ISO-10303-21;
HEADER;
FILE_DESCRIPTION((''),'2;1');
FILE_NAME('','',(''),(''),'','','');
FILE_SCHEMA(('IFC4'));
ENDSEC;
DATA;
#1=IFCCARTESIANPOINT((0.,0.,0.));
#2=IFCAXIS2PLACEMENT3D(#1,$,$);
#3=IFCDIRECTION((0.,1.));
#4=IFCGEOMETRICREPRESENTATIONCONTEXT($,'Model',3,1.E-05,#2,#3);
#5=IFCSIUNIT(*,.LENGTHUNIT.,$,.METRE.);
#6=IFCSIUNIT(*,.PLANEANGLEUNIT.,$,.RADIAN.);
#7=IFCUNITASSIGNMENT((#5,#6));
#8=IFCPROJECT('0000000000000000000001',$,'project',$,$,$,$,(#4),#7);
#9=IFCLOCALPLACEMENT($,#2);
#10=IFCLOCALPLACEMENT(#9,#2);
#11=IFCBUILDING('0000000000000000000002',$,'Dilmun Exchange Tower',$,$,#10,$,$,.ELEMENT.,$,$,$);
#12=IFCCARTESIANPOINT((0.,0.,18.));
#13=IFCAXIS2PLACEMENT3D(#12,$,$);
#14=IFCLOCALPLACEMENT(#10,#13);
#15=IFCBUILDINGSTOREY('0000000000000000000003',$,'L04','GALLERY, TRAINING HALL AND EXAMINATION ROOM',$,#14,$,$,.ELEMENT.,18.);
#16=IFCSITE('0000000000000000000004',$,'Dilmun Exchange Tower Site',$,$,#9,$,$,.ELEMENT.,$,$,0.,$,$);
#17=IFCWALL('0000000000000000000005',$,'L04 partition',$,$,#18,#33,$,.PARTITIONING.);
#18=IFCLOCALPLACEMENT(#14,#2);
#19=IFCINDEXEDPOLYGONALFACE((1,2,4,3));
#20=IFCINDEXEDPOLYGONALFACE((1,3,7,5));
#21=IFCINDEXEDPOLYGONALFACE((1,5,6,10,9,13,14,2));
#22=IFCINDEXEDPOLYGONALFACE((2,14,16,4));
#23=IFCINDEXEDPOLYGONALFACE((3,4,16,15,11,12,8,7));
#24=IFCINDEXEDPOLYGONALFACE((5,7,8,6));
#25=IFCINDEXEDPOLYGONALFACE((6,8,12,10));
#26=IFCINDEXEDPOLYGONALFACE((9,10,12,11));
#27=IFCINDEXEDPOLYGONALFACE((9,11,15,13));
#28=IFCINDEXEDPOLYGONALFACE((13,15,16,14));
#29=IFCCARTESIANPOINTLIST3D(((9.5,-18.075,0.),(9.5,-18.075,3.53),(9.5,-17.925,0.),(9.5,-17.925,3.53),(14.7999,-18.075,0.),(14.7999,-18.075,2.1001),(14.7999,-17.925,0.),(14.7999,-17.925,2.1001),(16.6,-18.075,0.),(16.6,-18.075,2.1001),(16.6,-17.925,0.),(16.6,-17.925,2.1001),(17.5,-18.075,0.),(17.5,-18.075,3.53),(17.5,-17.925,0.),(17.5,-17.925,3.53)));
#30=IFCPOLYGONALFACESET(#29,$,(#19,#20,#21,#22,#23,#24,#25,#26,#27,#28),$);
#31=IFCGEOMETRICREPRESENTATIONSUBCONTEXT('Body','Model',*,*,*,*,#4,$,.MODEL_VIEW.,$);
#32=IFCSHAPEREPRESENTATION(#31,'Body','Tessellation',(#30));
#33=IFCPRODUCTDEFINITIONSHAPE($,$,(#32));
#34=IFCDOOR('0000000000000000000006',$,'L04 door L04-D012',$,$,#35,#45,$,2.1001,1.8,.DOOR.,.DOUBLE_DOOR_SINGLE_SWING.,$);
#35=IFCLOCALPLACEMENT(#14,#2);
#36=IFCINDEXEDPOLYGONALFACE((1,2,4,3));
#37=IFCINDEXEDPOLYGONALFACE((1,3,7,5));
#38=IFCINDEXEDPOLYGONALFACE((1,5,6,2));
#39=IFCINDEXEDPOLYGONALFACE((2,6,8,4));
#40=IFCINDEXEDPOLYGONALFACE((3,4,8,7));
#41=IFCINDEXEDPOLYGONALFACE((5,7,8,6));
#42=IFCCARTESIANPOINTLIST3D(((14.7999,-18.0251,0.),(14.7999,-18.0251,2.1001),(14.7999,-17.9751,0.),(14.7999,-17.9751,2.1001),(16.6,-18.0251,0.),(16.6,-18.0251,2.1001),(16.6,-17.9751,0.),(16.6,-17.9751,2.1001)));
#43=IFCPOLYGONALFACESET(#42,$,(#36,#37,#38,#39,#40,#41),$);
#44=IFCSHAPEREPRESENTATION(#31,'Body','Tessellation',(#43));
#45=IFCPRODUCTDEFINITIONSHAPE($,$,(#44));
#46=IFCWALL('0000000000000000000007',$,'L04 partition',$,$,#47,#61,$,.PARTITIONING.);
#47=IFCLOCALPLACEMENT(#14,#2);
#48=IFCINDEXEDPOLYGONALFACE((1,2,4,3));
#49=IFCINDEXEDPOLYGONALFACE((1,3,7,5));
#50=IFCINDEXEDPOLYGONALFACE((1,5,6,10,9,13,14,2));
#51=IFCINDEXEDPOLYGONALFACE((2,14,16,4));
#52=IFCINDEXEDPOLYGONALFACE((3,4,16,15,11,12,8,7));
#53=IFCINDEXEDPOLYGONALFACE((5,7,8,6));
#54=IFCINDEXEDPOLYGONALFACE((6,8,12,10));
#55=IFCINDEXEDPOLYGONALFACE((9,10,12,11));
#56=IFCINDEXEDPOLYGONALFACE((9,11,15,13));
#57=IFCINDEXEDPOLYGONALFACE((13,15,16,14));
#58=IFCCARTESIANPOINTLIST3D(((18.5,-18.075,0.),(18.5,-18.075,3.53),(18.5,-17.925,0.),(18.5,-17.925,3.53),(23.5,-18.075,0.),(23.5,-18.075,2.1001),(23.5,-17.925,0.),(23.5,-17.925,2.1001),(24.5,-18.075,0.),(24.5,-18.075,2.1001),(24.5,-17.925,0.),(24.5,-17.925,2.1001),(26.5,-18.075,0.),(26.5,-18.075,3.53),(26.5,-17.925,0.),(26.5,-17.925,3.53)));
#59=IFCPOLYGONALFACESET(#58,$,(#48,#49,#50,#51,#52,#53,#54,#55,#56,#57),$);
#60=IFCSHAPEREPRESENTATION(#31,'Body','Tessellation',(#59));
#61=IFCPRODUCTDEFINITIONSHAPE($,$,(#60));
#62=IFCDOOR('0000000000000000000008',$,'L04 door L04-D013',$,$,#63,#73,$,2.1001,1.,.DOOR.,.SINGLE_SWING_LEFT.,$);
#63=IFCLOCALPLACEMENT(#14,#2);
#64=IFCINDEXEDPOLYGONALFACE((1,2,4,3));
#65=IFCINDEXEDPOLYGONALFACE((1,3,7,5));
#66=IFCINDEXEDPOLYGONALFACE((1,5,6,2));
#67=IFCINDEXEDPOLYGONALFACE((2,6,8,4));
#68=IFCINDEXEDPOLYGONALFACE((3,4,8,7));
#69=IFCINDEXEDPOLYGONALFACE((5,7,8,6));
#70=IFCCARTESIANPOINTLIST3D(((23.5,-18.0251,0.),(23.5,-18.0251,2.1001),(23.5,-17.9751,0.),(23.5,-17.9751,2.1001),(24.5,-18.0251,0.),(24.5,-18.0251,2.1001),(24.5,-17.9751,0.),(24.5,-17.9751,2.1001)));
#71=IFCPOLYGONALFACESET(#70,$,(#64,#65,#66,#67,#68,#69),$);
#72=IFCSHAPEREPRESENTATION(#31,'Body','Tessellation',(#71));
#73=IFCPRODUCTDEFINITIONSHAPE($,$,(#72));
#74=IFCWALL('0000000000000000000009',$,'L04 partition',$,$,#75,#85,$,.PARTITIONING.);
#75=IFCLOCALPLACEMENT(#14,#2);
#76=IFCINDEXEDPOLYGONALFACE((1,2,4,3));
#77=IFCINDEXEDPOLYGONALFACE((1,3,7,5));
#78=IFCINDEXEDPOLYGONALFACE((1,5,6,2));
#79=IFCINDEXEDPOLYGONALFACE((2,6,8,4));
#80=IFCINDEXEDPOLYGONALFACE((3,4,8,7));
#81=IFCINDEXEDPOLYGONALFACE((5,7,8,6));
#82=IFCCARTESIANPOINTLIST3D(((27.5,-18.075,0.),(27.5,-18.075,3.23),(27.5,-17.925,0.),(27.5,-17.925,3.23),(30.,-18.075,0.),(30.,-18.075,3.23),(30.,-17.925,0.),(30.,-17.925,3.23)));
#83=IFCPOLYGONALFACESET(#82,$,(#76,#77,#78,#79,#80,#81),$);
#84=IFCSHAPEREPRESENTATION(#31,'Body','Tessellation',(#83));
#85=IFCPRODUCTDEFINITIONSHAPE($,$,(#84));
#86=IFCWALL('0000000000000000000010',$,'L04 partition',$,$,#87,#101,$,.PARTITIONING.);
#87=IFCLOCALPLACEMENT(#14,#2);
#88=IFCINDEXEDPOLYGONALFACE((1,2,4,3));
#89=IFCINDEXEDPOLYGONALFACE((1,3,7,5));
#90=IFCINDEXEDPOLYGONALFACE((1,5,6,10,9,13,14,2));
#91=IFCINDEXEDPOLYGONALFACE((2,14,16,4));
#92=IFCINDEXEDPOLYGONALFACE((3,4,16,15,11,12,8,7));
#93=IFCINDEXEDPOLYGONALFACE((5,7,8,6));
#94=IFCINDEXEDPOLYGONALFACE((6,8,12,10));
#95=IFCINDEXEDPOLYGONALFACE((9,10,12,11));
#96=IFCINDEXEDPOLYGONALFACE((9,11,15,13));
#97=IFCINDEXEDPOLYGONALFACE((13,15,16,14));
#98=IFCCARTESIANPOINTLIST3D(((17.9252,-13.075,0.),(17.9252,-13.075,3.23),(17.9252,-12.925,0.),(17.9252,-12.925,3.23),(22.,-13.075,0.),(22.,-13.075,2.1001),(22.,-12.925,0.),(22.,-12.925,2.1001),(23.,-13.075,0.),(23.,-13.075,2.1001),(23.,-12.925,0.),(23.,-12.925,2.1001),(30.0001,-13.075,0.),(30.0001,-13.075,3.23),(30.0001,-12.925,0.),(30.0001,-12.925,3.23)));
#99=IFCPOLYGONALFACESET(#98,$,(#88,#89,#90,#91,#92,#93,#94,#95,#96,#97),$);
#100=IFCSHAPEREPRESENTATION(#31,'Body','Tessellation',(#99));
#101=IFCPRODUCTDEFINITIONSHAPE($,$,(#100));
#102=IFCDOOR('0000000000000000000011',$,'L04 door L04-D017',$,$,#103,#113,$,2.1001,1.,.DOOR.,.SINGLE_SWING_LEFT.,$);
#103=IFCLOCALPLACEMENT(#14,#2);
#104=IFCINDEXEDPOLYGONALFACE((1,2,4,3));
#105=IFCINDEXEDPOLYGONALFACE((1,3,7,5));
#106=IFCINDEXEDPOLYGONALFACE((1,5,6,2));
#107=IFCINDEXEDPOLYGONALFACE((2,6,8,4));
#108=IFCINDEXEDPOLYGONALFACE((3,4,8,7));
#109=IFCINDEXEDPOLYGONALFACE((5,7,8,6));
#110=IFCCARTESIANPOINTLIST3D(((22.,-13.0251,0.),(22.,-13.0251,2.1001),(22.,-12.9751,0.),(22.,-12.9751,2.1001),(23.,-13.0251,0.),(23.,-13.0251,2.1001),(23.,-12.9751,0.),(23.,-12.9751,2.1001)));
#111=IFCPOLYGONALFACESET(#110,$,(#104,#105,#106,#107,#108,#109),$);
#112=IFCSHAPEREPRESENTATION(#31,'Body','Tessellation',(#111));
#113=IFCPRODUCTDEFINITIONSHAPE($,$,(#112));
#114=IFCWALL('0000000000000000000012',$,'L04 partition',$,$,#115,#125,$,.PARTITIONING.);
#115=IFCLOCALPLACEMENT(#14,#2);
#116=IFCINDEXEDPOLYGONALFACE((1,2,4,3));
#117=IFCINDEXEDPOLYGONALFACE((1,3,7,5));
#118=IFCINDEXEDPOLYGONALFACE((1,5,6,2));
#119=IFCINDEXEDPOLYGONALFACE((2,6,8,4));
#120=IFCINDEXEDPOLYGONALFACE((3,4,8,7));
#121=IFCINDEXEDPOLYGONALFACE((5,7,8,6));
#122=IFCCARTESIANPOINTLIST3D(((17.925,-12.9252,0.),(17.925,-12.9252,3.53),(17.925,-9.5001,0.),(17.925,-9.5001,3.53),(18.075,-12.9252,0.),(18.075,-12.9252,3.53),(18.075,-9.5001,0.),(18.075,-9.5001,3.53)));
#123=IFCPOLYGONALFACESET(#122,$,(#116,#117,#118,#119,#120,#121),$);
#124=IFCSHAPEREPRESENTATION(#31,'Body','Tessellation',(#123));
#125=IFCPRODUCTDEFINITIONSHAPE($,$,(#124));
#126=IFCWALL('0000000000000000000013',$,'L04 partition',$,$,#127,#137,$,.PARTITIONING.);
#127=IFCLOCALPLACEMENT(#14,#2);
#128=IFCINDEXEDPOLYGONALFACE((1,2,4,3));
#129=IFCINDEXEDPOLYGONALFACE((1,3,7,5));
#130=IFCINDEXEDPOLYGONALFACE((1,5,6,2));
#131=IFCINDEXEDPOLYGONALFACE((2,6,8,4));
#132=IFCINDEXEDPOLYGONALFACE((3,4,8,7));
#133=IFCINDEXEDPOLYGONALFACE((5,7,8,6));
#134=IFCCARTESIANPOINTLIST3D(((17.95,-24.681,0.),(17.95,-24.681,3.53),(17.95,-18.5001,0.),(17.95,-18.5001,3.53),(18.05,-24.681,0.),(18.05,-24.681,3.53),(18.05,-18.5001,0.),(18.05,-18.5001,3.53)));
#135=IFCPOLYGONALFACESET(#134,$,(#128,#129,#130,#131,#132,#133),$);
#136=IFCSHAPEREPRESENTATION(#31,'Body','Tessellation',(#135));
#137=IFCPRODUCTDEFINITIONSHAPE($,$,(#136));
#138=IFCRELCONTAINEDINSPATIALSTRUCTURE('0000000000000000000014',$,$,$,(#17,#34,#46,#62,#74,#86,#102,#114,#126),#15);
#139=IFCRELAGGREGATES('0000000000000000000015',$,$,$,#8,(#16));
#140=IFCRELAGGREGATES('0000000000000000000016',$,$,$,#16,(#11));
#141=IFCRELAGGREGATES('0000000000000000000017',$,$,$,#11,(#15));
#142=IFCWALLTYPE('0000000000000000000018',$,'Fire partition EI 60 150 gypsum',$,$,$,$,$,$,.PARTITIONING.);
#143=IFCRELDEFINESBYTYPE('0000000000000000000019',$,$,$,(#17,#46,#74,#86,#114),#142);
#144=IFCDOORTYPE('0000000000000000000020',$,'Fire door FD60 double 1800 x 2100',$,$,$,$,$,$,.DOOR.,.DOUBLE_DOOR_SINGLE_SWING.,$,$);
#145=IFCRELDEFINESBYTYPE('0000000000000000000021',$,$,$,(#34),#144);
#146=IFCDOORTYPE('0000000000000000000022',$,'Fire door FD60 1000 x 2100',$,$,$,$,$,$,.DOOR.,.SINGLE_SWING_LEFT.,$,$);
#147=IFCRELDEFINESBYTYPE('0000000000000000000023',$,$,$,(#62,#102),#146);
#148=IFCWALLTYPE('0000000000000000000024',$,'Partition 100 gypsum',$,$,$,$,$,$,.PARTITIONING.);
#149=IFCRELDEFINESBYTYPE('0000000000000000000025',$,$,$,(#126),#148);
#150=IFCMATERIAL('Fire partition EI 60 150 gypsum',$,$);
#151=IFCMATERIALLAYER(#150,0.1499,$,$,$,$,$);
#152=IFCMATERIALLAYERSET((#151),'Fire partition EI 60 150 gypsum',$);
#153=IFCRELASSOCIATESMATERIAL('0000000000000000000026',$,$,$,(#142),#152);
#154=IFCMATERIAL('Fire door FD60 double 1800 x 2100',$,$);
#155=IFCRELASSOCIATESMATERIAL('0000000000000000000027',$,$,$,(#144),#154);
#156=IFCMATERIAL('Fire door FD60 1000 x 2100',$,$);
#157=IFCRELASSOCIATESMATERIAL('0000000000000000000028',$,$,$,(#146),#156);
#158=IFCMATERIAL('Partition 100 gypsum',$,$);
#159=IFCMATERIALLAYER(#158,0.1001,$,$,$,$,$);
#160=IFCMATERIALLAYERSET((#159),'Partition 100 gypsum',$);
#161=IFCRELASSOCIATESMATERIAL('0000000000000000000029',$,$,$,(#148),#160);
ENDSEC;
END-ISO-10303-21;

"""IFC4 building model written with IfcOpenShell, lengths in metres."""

from ifc_helpers import new_model, si_unit, direction, frame, frame_2d, origin, place, context, subcontext, project, spatial, rectangle, extrude, material, layer, layer_set, type_object, element, fill, save


model = new_model("IFC4")

# Units and contexts
model_context = context("Model", 3, precision=1e-05, world=origin(), true_north=direction((0.0, 1.0)))
body_context = subcontext(model_context, "Body", "Model", "MODEL_VIEW")
ifc_project = project(units=[si_unit("LENGTHUNIT", "METRE"), si_unit("PLANEANGLEUNIT", "RADIAN")], contexts=[model_context])

# Site, building, storey
site_placement = place(None, origin())
site = spatial("IfcSite", under=ifc_project, at=site_placement, Name="Dilmun Exchange Tower Site", CompositionType="ELEMENT", RefElevation=0.0)
building_placement = place(site_placement, origin())
building = spatial("IfcBuilding", under=site, at=building_placement, Name="Dilmun Exchange Tower", CompositionType="ELEMENT")
storey_placement = place(building_placement, frame((0.0, 0.0, 18.0)))
storey = spatial("IfcBuildingStorey", under=building, at=storey_placement, Name="L04", Description="GALLERY, TRAINING HALL AND EXAMINATION ROOM", CompositionType="ELEMENT", Elevation=18.0)

# Walls, openings, doors
ifc_material_1 = material(Name="Fire partition EI 60 150 gypsum")
ifc_layer_1 = layer(ifc_material_1, 0.1499)
ifc_layer_set_1 = layer_set([ifc_layer_1], Name="Fire partition EI 60 150 gypsum")
wall_type_1 = type_object("IfcWallType", Name="Fire partition EI 60 150 gypsum", PredefinedType="PARTITIONING", material=ifc_layer_set_1)
ifc_material_2 = material(Name="Fire door FD60 double 1800 x 2100")
door_type_1 = type_object("IfcDoorType", Name="Fire door FD60 double 1800 x 2100", OperationType="DOUBLE_DOOR_SINGLE_SWING", PredefinedType="DOOR", material=ifc_material_2)
wall_1_placement = place(storey_placement, frame((9.5, -18.0, 0.0), z_axis=(0.0, 0.0, 1.0), x_axis=(1.0, 0.0, 0.0)))
wall_1 = element("IfcWall", 1, at=wall_1_placement, inside=storey, type_object=wall_type_1, Name="L04 partition", PredefinedType="PARTITIONING", context=body_context, shape_type="SweptSolid", body=[
    extrude(rectangle(XDim=8.0, YDim=0.1499, at=frame_2d((4.0, 0.0))), origin(), (0.0, 0.0, 1.0), 3.53),
])
opening_1_placement = place(wall_1_placement, frame((5.3, 0.0, 0.0)))
opening_1 = element("IfcOpeningElement", 2, at=opening_1_placement, cuts=wall_1, PredefinedType="OPENING", context=body_context, shape_type="SweptSolid", body=[
    extrude(rectangle(XDim=1.8, YDim=2.1001, at=frame_2d((0.8999, 1.05))), frame((0.0, 0.085, 0.0), z_axis=(0.0, -1.0, 0.0), x_axis=(1.0, 0.0, 0.0)), (0.0, 0.0, 1.0), 0.1699),
])
door_1_placement = place(opening_1_placement, origin())
door_1 = element("IfcDoor", 3, at=door_1_placement, inside=storey, type_object=door_type_1, Name="L04 door L04-D012", OperationType="DOUBLE_DOOR_SINGLE_SWING", OverallHeight=2.1001, OverallWidth=1.8, PredefinedType="DOOR", context=body_context, shape_type="SweptSolid", body=[
    extrude(rectangle(XDim=1.8, YDim=2.1001, at=frame_2d((0.8999, 1.05))), frame((0.0, 0.0249, 0.0), z_axis=(0.0, -1.0, 0.0), x_axis=(1.0, 0.0, 0.0)), (0.0, 0.0, 1.0), 0.05),
])
fill(opening_1, door_1)
wall_2_placement = place(storey_placement, frame((18.5, -18.0, 0.0), z_axis=(0.0, 0.0, 1.0), x_axis=(1.0, 0.0, 0.0)))
wall_2 = element("IfcWall", 4, at=wall_2_placement, inside=storey, type_object=wall_type_1, Name="L04 partition", PredefinedType="PARTITIONING", context=body_context, shape_type="SweptSolid", body=[
    extrude(rectangle(XDim=8.0, YDim=0.1499, at=frame_2d((4.0, 0.0))), origin(), (0.0, 0.0, 1.0), 3.53),
])
opening_2_placement = place(wall_2_placement, frame((5.0, 0.0, 0.0)))
opening_2 = element("IfcOpeningElement", 5, at=opening_2_placement, cuts=wall_2, PredefinedType="OPENING", context=body_context, shape_type="SweptSolid", body=[
    extrude(rectangle(XDim=1.0, YDim=2.1001, at=frame_2d((0.5, 1.05))), frame((0.0, 0.085, 0.0), z_axis=(0.0, -1.0, 0.0), x_axis=(1.0, 0.0, 0.0)), (0.0, 0.0, 1.0), 0.1699),
])
ifc_material_3 = material(Name="Fire door FD60 1000 x 2100")
door_type_2 = type_object("IfcDoorType", Name="Fire door FD60 1000 x 2100", OperationType="SINGLE_SWING_LEFT", PredefinedType="DOOR", material=ifc_material_3)
door_2_placement = place(opening_2_placement, origin())
door_2 = element("IfcDoor", 6, at=door_2_placement, inside=storey, type_object=door_type_2, Name="L04 door L04-D013", OperationType="SINGLE_SWING_LEFT", OverallHeight=2.1001, OverallWidth=1.0, PredefinedType="DOOR", context=body_context, shape_type="SweptSolid", body=[
    extrude(rectangle(XDim=1.0, YDim=2.1001, at=frame_2d((0.5, 1.05))), frame((0.0, 0.0249, 0.0), z_axis=(0.0, -1.0, 0.0), x_axis=(1.0, 0.0, 0.0)), (0.0, 0.0, 1.0), 0.05),
])
fill(opening_2, door_2)

# Wall
wall_3_placement = place(storey_placement, frame((27.5, -18.0, 0.0), z_axis=(0.0, 0.0, 1.0), x_axis=(1.0, 0.0, 0.0)))
element("IfcWall", 7, at=wall_3_placement, inside=storey, type_object=wall_type_1, Name="L04 partition", PredefinedType="PARTITIONING", context=body_context, shape_type="SweptSolid", body=[
    extrude(rectangle(XDim=2.5, YDim=0.1499, at=frame_2d((1.25, 0.0))), origin(), (0.0, 0.0, 1.0), 3.23),
])

# Wall, opening, door
wall_4_placement = place(storey_placement, frame((17.925, -13.0, 0.0), z_axis=(0.0, 0.0, 1.0), x_axis=(1.0, 0.0, 0.0)))
wall_4 = element("IfcWall", 8, at=wall_4_placement, inside=storey, type_object=wall_type_1, Name="L04 partition", PredefinedType="PARTITIONING", context=body_context, shape_type="SweptSolid", body=[
    extrude(rectangle(XDim=12.075, YDim=0.1499, at=frame_2d((6.0376, 0.0))), origin(), (0.0, 0.0, 1.0), 3.23),
])
opening_3_placement = place(wall_4_placement, frame((4.075, 0.0, 0.0)))
opening_3 = element("IfcOpeningElement", 9, at=opening_3_placement, cuts=wall_4, PredefinedType="OPENING", context=body_context, shape_type="SweptSolid", body=[
    extrude(rectangle(XDim=1.0, YDim=2.1001, at=frame_2d((0.5, 1.05))), frame((0.0, 0.085, 0.0), z_axis=(0.0, -1.0, 0.0), x_axis=(1.0, 0.0, 0.0)), (0.0, 0.0, 1.0), 0.1699),
])
door_3_placement = place(opening_3_placement, origin())
door_3 = element("IfcDoor", 10, at=door_3_placement, inside=storey, type_object=door_type_2, Name="L04 door L04-D017", OperationType="SINGLE_SWING_LEFT", OverallHeight=2.1001, OverallWidth=1.0, PredefinedType="DOOR", context=body_context, shape_type="SweptSolid", body=[
    extrude(rectangle(XDim=1.0, YDim=2.1001, at=frame_2d((0.5, 1.05))), frame((0.0, 0.0249, 0.0), z_axis=(0.0, -1.0, 0.0), x_axis=(1.0, 0.0, 0.0)), (0.0, 0.0, 1.0), 0.05),
])
fill(opening_3, door_3)

# Walls
wall_5_placement = place(storey_placement, frame((18.0, -12.925, 0.0), z_axis=(0.0, 0.0, 1.0), x_axis=(0.0, 1.0, 0.0)))
element("IfcWall", 11, at=wall_5_placement, inside=storey, type_object=wall_type_1, Name="L04 partition", PredefinedType="PARTITIONING", context=body_context, shape_type="SweptSolid", body=[
    extrude(rectangle(XDim=3.425, YDim=0.1499, at=frame_2d((1.7124, 0.0))), origin(), (0.0, 0.0, 1.0), 3.53),
])
ifc_material_4 = material(Name="Partition 100 gypsum")
ifc_layer_2 = layer(ifc_material_4, 0.1001)
ifc_layer_set_2 = layer_set([ifc_layer_2], Name="Partition 100 gypsum")
wall_type_2 = type_object("IfcWallType", Name="Partition 100 gypsum", PredefinedType="PARTITIONING", material=ifc_layer_set_2)
wall_6_placement = place(storey_placement, frame((18.0, -24.6809, 0.0), z_axis=(0.0, 0.0, 1.0), x_axis=(0.0, 1.0, 0.0)))
element("IfcWall", 12, at=wall_6_placement, inside=storey, type_object=wall_type_2, Name="L04 partition", PredefinedType="PARTITIONING", context=body_context, shape_type="SweptSolid", body=[
    extrude(rectangle(XDim=6.1809, YDim=0.1001, at=frame_2d((3.0903, 0.0))), origin(), (0.0, 0.0, 1.0), 3.53),
])

save(model, "model.ifc")
